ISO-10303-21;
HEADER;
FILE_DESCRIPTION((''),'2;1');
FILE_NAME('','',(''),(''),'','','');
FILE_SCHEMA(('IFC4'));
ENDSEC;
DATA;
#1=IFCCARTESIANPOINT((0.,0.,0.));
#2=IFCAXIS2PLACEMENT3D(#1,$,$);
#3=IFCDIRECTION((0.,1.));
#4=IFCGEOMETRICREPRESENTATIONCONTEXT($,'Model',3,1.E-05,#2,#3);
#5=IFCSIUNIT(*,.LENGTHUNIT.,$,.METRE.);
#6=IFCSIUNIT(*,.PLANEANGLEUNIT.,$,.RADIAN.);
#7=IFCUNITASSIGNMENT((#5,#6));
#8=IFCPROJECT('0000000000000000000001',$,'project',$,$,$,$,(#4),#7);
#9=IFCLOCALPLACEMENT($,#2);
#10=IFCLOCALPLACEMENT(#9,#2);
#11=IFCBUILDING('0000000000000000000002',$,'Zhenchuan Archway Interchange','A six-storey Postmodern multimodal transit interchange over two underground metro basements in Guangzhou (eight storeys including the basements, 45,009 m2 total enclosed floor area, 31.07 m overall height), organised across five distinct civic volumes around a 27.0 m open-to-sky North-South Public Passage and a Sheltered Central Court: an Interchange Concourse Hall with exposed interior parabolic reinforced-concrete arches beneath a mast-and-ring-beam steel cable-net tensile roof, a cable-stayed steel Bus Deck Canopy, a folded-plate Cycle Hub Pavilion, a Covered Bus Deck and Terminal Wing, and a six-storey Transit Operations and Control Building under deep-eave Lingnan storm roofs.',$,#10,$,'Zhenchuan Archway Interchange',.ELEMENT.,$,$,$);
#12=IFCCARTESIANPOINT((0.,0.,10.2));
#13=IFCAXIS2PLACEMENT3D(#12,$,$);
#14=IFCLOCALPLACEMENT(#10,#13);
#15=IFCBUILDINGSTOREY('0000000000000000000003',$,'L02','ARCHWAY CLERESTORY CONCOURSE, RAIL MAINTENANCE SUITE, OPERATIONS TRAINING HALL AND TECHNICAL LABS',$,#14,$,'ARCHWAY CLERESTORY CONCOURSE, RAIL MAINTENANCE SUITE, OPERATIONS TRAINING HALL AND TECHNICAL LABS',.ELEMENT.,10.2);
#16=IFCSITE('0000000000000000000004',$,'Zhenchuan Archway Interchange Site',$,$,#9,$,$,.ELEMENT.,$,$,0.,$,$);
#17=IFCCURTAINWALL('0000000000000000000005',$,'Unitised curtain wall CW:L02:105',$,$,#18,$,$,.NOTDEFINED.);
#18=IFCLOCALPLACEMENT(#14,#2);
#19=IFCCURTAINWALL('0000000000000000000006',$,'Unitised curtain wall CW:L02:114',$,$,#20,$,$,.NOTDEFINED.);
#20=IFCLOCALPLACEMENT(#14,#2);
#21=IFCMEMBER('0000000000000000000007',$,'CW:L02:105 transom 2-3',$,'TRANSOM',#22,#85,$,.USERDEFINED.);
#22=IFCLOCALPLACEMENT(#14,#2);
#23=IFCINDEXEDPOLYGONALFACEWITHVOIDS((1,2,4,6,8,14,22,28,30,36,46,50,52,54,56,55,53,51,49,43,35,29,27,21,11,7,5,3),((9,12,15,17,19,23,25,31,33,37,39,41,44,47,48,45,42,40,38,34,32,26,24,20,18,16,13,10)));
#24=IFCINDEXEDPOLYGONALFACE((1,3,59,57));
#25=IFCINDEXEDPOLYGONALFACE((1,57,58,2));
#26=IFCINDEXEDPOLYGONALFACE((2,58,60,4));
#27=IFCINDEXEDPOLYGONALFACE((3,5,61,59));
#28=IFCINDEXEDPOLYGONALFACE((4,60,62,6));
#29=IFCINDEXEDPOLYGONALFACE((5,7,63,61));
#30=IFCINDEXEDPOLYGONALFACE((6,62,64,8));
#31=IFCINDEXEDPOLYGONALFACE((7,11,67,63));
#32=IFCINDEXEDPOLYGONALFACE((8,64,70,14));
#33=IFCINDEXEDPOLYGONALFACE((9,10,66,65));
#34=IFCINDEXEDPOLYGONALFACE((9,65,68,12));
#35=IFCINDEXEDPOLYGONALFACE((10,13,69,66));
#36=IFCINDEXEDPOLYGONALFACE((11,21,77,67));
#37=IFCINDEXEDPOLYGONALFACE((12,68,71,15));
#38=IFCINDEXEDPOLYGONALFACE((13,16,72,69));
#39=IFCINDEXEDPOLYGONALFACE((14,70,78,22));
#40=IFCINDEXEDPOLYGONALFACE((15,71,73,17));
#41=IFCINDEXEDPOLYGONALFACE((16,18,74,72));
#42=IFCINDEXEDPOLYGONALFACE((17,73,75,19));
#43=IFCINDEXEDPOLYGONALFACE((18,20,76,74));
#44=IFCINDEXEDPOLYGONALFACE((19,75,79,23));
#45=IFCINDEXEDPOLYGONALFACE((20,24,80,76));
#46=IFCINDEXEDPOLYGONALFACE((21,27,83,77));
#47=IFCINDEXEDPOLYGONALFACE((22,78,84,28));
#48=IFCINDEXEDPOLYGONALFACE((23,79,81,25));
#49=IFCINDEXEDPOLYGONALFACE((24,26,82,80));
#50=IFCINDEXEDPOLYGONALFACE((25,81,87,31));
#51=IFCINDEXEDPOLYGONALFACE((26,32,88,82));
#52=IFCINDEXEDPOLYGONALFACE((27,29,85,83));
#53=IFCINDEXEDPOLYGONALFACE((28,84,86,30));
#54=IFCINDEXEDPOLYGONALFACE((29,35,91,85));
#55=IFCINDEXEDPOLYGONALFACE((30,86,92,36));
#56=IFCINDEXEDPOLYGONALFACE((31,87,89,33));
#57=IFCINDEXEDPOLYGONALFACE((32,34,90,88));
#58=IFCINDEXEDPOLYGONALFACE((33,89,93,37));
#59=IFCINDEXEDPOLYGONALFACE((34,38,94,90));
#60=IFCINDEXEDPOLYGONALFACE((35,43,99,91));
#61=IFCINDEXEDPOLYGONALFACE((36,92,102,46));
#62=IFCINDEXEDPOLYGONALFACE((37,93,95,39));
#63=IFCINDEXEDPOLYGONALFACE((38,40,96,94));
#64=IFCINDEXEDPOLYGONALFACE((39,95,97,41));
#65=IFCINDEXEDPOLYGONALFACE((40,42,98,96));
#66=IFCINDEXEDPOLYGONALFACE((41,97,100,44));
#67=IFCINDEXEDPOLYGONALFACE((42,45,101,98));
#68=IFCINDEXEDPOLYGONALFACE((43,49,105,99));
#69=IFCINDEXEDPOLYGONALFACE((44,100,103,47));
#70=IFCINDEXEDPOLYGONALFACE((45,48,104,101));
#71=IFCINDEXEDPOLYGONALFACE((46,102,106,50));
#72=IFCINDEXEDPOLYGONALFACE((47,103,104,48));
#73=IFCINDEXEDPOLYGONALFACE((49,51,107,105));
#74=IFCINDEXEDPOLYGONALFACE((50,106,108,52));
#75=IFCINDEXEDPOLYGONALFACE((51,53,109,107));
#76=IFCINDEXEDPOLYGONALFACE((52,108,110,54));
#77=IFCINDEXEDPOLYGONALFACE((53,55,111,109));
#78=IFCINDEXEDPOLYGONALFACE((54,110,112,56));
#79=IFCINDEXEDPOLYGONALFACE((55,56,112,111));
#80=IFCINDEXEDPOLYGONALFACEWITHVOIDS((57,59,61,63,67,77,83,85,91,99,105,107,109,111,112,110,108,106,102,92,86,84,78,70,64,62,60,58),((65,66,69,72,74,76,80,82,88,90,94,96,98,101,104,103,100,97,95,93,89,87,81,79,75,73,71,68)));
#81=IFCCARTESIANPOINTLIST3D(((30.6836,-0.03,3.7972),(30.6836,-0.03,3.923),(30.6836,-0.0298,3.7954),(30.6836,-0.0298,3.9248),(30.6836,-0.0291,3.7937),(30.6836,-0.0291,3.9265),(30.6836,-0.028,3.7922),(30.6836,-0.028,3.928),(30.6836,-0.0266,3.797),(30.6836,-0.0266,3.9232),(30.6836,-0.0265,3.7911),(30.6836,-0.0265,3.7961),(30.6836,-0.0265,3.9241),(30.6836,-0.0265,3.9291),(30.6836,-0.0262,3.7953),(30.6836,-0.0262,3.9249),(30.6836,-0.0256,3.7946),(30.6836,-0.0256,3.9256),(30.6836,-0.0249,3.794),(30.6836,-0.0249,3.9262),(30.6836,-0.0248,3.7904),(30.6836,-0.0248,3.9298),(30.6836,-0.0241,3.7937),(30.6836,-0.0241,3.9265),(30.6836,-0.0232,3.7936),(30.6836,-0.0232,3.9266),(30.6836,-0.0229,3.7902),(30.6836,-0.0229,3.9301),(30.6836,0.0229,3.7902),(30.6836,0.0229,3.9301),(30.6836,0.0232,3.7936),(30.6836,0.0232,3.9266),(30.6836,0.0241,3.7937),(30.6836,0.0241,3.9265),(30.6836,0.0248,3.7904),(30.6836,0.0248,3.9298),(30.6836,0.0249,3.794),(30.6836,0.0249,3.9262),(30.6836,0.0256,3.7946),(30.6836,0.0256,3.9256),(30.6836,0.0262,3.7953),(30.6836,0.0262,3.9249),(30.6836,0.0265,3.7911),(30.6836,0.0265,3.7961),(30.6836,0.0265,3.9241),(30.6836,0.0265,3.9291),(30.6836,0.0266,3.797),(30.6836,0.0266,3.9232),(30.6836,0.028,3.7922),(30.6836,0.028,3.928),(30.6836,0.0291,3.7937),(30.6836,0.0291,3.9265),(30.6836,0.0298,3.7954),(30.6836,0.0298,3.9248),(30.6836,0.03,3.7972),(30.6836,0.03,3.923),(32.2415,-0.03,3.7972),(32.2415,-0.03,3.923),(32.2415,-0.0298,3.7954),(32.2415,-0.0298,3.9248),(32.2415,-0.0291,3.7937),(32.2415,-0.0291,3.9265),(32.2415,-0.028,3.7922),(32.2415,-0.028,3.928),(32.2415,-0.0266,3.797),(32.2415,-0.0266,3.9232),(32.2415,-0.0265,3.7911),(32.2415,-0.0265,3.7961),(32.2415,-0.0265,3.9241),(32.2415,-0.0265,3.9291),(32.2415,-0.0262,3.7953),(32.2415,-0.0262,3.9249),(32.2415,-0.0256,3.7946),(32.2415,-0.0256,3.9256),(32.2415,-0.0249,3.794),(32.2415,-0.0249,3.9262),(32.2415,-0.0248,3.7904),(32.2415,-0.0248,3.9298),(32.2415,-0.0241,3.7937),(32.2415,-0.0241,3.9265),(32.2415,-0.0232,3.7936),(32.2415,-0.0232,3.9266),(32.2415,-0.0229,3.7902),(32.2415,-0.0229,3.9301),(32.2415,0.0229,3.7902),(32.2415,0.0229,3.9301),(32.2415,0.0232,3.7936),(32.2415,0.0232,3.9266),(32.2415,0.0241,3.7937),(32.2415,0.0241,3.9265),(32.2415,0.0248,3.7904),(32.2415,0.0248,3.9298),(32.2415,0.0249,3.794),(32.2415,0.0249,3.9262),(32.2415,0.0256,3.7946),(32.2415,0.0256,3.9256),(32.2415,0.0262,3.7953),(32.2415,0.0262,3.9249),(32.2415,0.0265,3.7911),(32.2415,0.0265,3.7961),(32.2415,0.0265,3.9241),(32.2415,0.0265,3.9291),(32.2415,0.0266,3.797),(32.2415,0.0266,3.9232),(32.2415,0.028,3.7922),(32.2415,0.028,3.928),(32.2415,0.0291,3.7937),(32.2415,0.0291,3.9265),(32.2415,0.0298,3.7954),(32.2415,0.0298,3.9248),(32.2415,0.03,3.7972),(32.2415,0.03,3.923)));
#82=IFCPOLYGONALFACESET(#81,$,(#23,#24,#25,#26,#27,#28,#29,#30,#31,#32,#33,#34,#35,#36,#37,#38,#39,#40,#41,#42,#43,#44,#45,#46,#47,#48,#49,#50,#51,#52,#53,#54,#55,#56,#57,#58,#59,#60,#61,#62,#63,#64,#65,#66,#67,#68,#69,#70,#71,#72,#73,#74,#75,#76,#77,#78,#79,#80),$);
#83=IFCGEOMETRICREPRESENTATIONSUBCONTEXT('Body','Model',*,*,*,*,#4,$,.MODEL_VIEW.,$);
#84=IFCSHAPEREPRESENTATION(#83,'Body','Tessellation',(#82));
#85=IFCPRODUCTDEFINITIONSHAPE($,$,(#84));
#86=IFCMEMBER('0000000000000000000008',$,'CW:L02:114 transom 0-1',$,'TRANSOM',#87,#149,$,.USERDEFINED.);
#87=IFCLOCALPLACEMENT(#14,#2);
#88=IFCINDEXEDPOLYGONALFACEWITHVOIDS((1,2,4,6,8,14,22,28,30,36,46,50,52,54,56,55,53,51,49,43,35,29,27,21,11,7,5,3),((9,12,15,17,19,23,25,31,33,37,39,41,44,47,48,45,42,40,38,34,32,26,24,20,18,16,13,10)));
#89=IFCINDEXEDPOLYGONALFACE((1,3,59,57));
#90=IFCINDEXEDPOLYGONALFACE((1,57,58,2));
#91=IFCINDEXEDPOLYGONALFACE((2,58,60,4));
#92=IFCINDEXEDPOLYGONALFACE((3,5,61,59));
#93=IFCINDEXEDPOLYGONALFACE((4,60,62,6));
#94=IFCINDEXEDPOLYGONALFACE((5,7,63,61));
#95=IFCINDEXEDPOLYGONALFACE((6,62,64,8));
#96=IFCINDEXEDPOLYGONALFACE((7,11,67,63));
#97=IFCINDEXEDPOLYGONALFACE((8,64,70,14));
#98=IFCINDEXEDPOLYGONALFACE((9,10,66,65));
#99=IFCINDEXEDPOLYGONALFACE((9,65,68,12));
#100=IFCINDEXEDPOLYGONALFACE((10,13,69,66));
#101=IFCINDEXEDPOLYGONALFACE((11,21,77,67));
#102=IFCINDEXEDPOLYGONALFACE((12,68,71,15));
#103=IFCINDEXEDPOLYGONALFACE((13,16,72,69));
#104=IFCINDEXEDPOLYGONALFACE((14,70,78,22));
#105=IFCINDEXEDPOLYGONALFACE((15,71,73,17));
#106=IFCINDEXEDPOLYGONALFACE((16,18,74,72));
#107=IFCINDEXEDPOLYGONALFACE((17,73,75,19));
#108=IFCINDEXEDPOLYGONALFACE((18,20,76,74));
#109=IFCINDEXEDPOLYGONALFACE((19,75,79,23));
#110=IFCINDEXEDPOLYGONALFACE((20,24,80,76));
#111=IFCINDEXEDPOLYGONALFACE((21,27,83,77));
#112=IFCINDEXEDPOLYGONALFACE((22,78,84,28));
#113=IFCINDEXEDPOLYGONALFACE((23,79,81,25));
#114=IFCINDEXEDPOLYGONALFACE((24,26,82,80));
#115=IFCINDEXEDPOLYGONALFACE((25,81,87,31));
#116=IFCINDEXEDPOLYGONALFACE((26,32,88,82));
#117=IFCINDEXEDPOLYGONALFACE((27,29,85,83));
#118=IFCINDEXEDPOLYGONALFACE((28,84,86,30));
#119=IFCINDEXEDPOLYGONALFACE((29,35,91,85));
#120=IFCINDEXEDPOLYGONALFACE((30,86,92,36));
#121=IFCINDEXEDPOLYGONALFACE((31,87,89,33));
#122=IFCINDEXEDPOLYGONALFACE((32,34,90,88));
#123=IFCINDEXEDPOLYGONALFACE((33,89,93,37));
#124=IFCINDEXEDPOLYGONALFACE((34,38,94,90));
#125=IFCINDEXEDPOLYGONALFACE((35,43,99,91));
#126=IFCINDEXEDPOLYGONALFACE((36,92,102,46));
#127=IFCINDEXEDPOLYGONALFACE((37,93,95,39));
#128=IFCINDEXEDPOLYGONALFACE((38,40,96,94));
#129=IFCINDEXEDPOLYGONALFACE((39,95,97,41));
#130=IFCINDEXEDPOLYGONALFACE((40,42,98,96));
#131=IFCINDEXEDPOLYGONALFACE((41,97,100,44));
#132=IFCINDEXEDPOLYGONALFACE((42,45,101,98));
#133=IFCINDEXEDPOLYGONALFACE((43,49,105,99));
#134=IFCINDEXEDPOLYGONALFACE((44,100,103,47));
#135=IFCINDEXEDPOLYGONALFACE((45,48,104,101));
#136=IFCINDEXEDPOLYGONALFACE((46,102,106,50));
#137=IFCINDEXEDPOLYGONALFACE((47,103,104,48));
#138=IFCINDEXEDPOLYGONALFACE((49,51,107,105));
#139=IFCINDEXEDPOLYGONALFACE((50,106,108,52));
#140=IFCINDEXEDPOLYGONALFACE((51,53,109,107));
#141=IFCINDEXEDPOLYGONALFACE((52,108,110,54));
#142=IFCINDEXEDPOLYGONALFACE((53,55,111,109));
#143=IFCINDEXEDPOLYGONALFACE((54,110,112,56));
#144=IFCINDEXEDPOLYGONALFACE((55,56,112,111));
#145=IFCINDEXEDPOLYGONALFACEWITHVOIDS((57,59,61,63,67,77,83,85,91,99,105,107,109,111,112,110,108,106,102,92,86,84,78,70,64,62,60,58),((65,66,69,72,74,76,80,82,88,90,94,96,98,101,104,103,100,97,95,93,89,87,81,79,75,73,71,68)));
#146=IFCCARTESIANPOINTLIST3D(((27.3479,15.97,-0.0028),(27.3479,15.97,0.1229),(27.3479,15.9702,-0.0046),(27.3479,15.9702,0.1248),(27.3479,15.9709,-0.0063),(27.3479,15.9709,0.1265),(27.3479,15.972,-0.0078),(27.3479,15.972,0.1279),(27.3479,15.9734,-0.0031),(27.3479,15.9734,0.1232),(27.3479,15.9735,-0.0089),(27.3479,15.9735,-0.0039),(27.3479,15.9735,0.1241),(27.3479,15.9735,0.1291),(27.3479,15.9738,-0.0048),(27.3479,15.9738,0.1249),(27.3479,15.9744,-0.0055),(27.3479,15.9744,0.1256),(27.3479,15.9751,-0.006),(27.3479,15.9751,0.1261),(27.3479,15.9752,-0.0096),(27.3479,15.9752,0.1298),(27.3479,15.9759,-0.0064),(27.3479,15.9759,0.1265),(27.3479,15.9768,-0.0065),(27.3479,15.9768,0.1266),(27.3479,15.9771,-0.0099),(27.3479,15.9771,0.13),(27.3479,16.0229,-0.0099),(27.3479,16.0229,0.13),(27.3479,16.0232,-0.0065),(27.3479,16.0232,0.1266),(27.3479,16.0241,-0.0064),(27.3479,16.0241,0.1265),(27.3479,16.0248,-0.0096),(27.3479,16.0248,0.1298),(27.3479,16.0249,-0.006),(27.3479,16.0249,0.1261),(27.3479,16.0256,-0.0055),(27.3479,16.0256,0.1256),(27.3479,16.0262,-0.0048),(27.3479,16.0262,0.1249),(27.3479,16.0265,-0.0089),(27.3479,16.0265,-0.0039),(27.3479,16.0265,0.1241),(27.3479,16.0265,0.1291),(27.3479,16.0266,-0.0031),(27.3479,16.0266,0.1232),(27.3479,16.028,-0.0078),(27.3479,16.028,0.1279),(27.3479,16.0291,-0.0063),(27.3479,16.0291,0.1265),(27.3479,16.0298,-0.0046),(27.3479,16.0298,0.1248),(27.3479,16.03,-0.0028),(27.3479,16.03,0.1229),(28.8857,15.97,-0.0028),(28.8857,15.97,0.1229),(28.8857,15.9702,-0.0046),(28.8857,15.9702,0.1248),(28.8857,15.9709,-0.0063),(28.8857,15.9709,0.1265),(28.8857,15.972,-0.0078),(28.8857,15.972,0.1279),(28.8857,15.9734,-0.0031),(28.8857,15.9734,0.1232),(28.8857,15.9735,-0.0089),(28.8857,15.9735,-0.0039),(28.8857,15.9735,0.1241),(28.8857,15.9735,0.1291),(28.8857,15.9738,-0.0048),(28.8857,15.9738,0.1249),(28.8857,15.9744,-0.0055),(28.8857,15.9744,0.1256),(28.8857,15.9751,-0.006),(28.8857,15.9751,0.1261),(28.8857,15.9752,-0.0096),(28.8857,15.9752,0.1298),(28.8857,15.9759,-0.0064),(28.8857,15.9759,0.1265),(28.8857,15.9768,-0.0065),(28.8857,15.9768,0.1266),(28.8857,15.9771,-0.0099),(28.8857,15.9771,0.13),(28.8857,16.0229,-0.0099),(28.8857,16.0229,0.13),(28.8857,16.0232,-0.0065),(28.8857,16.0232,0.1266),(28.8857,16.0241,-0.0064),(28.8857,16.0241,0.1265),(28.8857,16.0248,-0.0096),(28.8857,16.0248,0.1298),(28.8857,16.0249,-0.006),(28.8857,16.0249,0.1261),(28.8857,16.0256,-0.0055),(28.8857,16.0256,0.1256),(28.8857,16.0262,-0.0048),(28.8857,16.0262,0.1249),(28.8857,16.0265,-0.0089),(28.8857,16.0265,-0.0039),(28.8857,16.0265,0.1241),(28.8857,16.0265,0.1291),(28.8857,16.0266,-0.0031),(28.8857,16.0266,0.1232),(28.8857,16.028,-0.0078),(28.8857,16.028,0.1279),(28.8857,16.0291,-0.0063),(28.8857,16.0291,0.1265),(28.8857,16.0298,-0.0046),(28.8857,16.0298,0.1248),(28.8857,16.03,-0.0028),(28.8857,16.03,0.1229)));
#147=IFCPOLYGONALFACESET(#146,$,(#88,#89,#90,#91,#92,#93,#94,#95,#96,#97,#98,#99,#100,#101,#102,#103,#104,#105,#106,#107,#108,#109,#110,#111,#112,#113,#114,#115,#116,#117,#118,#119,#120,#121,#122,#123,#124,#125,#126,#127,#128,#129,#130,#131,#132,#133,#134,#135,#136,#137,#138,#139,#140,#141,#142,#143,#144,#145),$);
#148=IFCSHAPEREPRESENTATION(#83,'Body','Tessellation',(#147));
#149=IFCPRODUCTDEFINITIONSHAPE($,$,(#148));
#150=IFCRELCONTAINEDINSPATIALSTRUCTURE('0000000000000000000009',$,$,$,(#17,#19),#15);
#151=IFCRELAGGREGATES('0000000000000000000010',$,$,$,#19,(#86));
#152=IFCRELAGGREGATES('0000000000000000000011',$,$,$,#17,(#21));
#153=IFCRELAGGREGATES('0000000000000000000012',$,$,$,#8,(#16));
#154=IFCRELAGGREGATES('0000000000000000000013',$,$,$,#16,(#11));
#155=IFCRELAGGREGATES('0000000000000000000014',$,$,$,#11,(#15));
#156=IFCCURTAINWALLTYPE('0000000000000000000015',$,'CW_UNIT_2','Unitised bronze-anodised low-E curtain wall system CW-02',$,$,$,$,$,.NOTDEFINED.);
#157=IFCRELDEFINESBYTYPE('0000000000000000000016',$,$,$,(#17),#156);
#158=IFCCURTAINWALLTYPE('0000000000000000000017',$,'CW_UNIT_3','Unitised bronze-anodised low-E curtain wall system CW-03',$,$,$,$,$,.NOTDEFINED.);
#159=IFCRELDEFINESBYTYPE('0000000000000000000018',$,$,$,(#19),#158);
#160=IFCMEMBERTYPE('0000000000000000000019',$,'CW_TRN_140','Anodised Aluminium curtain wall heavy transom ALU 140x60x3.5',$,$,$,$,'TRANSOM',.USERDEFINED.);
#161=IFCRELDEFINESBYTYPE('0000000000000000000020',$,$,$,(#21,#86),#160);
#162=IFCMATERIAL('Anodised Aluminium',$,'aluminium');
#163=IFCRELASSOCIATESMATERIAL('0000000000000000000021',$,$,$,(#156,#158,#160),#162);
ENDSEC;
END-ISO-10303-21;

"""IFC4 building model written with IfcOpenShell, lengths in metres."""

from ifc_helpers import new_model, si_unit, direction, frame, origin, origin_2d, place, context, subcontext, project, spatial, hollow_rectangle, extrude, material, material_profile, profile_set, type_object, element, aggregate, save


model = new_model("IFC4")

# Units and contexts
model_context = context("Model", 3, precision=1e-05, world=origin(), true_north=direction((0.0, 1.0)))
body_context = subcontext(model_context, "Body", "Model", "MODEL_VIEW")
ifc_project = project(units=[si_unit("LENGTHUNIT", "METRE"), si_unit("PLANEANGLEUNIT", "RADIAN")], contexts=[model_context])

# Site, building, storey
site_placement = place(None, origin())
site = spatial("IfcSite", under=ifc_project, at=site_placement, Name="Zhenchuan Archway Interchange Site", CompositionType="ELEMENT", RefElevation=0.0)
building_placement = place(site_placement, origin())
building = spatial("IfcBuilding", under=site, at=building_placement, Name="Zhenchuan Archway Interchange", Description="A six-storey Postmodern multimodal transit interchange over two underground metro basements in Guangzhou (eight storeys including the basements, 45,009 m2 total enclosed floor area, 31.07 m overall height), organised across five distinct civic volumes around a 27.0 m open-to-sky North-South Public Passage and a Sheltered Central Court: an Interchange Concourse Hall with exposed interior parabolic reinforced-concrete arches beneath a mast-and-ring-beam steel cable-net tensile roof, a cable-stayed steel Bus Deck Canopy, a folded-plate Cycle Hub Pavilion, a Covered Bus Deck and Terminal Wing, and a six-storey Transit Operations and Control Building under deep-eave Lingnan storm roofs.", LongName="Zhenchuan Archway Interchange", CompositionType="ELEMENT")
storey_placement = place(building_placement, frame((0.0, 0.0, 10.2)))
storey = spatial("IfcBuildingStorey", under=building, at=storey_placement, Name="L02", Description="ARCHWAY CLERESTORY CONCOURSE, RAIL MAINTENANCE SUITE, OPERATIONS TRAINING HALL AND TECHNICAL LABS", LongName="ARCHWAY CLERESTORY CONCOURSE, RAIL MAINTENANCE SUITE, OPERATIONS TRAINING HALL AND TECHNICAL LABS", CompositionType="ELEMENT", Elevation=10.2)

# Curtain walls
ifc_material_1 = material(Name="Anodised Aluminium", Category="aluminium")
curtain_wall_type_1 = type_object("IfcCurtainWallType", Name="CW_UNIT_2", Description="Unitised bronze-anodised low-E curtain wall system CW-02", PredefinedType="NOTDEFINED", material=ifc_material_1)
curtain_wall_1_placement = place(storey_placement, origin())
curtain_wall_1 = element("IfcCurtainWall", 1, at=curtain_wall_1_placement, inside=storey, type_object=curtain_wall_type_1, Name="Unitised curtain wall CW:L02:105", PredefinedType="NOTDEFINED")
curtain_wall_type_2 = type_object("IfcCurtainWallType", Name="CW_UNIT_3", Description="Unitised bronze-anodised low-E curtain wall system CW-03", PredefinedType="NOTDEFINED", material=ifc_material_1)
curtain_wall_2_placement = place(storey_placement, origin())
curtain_wall_2 = element("IfcCurtainWall", 2, at=curtain_wall_2_placement, inside=storey, type_object=curtain_wall_type_2, Name="Unitised curtain wall CW:L02:114", PredefinedType="NOTDEFINED")

# Members
ifc_material_profile_1 = material_profile(ifc_material_1, hollow_rectangle(XDim=0.0601, YDim=0.1399, WallThickness=0.0034, InnerFilletRadius=0.0034, OuterFilletRadius=0.0071, at=origin_2d()), Name="ALU 140x60x3.5")
ifc_profile_set_1 = profile_set([ifc_material_profile_1], Name="Anodised Aluminium")
member_type_1 = type_object("IfcMemberType", Name="CW_TRN_140", Description="Anodised Aluminium curtain wall heavy transom ALU 140x60x3.5", ElementType="TRANSOM", PredefinedType="USERDEFINED", material=ifc_profile_set_1)
member_1_placement = place(storey_placement, frame((32.2415, 0.0, 3.8601), z_axis=(-1.0, 0.0, 0.0), x_axis=(0.0, -1.0, 0.0)))
member_1 = element("IfcMember", 3, at=member_1_placement, type_object=member_type_1, Name="CW:L02:105 transom 2-3", ObjectType="TRANSOM", PredefinedType="USERDEFINED", context=body_context, shape_type="SweptSolid", body=[
    extrude(hollow_rectangle(XDim=0.0601, YDim=0.1399, WallThickness=0.0034, InnerFilletRadius=0.0034, OuterFilletRadius=0.0071, at=origin_2d()), origin(), (0.0, 0.0, 1.0), 1.5579),
])
member_2_placement = place(storey_placement, frame((27.3479, 16.0, 0.0601), z_axis=(1.0, 0.0, 0.0), x_axis=(0.0, 1.0, 0.0)))
member_2 = element("IfcMember", 4, at=member_2_placement, type_object=member_type_1, Name="CW:L02:114 transom 0-1", ObjectType="TRANSOM", PredefinedType="USERDEFINED", context=body_context, shape_type="SweptSolid", body=[
    extrude(hollow_rectangle(XDim=0.0601, YDim=0.1399, WallThickness=0.0034, InnerFilletRadius=0.0034, OuterFilletRadius=0.0071, at=origin_2d()), origin(), (0.0, 0.0, 1.0), 1.5378),
])
aggregate(curtain_wall_2, [member_2])

aggregate(curtain_wall_1, [member_1])

save(model, "model.ifc")
